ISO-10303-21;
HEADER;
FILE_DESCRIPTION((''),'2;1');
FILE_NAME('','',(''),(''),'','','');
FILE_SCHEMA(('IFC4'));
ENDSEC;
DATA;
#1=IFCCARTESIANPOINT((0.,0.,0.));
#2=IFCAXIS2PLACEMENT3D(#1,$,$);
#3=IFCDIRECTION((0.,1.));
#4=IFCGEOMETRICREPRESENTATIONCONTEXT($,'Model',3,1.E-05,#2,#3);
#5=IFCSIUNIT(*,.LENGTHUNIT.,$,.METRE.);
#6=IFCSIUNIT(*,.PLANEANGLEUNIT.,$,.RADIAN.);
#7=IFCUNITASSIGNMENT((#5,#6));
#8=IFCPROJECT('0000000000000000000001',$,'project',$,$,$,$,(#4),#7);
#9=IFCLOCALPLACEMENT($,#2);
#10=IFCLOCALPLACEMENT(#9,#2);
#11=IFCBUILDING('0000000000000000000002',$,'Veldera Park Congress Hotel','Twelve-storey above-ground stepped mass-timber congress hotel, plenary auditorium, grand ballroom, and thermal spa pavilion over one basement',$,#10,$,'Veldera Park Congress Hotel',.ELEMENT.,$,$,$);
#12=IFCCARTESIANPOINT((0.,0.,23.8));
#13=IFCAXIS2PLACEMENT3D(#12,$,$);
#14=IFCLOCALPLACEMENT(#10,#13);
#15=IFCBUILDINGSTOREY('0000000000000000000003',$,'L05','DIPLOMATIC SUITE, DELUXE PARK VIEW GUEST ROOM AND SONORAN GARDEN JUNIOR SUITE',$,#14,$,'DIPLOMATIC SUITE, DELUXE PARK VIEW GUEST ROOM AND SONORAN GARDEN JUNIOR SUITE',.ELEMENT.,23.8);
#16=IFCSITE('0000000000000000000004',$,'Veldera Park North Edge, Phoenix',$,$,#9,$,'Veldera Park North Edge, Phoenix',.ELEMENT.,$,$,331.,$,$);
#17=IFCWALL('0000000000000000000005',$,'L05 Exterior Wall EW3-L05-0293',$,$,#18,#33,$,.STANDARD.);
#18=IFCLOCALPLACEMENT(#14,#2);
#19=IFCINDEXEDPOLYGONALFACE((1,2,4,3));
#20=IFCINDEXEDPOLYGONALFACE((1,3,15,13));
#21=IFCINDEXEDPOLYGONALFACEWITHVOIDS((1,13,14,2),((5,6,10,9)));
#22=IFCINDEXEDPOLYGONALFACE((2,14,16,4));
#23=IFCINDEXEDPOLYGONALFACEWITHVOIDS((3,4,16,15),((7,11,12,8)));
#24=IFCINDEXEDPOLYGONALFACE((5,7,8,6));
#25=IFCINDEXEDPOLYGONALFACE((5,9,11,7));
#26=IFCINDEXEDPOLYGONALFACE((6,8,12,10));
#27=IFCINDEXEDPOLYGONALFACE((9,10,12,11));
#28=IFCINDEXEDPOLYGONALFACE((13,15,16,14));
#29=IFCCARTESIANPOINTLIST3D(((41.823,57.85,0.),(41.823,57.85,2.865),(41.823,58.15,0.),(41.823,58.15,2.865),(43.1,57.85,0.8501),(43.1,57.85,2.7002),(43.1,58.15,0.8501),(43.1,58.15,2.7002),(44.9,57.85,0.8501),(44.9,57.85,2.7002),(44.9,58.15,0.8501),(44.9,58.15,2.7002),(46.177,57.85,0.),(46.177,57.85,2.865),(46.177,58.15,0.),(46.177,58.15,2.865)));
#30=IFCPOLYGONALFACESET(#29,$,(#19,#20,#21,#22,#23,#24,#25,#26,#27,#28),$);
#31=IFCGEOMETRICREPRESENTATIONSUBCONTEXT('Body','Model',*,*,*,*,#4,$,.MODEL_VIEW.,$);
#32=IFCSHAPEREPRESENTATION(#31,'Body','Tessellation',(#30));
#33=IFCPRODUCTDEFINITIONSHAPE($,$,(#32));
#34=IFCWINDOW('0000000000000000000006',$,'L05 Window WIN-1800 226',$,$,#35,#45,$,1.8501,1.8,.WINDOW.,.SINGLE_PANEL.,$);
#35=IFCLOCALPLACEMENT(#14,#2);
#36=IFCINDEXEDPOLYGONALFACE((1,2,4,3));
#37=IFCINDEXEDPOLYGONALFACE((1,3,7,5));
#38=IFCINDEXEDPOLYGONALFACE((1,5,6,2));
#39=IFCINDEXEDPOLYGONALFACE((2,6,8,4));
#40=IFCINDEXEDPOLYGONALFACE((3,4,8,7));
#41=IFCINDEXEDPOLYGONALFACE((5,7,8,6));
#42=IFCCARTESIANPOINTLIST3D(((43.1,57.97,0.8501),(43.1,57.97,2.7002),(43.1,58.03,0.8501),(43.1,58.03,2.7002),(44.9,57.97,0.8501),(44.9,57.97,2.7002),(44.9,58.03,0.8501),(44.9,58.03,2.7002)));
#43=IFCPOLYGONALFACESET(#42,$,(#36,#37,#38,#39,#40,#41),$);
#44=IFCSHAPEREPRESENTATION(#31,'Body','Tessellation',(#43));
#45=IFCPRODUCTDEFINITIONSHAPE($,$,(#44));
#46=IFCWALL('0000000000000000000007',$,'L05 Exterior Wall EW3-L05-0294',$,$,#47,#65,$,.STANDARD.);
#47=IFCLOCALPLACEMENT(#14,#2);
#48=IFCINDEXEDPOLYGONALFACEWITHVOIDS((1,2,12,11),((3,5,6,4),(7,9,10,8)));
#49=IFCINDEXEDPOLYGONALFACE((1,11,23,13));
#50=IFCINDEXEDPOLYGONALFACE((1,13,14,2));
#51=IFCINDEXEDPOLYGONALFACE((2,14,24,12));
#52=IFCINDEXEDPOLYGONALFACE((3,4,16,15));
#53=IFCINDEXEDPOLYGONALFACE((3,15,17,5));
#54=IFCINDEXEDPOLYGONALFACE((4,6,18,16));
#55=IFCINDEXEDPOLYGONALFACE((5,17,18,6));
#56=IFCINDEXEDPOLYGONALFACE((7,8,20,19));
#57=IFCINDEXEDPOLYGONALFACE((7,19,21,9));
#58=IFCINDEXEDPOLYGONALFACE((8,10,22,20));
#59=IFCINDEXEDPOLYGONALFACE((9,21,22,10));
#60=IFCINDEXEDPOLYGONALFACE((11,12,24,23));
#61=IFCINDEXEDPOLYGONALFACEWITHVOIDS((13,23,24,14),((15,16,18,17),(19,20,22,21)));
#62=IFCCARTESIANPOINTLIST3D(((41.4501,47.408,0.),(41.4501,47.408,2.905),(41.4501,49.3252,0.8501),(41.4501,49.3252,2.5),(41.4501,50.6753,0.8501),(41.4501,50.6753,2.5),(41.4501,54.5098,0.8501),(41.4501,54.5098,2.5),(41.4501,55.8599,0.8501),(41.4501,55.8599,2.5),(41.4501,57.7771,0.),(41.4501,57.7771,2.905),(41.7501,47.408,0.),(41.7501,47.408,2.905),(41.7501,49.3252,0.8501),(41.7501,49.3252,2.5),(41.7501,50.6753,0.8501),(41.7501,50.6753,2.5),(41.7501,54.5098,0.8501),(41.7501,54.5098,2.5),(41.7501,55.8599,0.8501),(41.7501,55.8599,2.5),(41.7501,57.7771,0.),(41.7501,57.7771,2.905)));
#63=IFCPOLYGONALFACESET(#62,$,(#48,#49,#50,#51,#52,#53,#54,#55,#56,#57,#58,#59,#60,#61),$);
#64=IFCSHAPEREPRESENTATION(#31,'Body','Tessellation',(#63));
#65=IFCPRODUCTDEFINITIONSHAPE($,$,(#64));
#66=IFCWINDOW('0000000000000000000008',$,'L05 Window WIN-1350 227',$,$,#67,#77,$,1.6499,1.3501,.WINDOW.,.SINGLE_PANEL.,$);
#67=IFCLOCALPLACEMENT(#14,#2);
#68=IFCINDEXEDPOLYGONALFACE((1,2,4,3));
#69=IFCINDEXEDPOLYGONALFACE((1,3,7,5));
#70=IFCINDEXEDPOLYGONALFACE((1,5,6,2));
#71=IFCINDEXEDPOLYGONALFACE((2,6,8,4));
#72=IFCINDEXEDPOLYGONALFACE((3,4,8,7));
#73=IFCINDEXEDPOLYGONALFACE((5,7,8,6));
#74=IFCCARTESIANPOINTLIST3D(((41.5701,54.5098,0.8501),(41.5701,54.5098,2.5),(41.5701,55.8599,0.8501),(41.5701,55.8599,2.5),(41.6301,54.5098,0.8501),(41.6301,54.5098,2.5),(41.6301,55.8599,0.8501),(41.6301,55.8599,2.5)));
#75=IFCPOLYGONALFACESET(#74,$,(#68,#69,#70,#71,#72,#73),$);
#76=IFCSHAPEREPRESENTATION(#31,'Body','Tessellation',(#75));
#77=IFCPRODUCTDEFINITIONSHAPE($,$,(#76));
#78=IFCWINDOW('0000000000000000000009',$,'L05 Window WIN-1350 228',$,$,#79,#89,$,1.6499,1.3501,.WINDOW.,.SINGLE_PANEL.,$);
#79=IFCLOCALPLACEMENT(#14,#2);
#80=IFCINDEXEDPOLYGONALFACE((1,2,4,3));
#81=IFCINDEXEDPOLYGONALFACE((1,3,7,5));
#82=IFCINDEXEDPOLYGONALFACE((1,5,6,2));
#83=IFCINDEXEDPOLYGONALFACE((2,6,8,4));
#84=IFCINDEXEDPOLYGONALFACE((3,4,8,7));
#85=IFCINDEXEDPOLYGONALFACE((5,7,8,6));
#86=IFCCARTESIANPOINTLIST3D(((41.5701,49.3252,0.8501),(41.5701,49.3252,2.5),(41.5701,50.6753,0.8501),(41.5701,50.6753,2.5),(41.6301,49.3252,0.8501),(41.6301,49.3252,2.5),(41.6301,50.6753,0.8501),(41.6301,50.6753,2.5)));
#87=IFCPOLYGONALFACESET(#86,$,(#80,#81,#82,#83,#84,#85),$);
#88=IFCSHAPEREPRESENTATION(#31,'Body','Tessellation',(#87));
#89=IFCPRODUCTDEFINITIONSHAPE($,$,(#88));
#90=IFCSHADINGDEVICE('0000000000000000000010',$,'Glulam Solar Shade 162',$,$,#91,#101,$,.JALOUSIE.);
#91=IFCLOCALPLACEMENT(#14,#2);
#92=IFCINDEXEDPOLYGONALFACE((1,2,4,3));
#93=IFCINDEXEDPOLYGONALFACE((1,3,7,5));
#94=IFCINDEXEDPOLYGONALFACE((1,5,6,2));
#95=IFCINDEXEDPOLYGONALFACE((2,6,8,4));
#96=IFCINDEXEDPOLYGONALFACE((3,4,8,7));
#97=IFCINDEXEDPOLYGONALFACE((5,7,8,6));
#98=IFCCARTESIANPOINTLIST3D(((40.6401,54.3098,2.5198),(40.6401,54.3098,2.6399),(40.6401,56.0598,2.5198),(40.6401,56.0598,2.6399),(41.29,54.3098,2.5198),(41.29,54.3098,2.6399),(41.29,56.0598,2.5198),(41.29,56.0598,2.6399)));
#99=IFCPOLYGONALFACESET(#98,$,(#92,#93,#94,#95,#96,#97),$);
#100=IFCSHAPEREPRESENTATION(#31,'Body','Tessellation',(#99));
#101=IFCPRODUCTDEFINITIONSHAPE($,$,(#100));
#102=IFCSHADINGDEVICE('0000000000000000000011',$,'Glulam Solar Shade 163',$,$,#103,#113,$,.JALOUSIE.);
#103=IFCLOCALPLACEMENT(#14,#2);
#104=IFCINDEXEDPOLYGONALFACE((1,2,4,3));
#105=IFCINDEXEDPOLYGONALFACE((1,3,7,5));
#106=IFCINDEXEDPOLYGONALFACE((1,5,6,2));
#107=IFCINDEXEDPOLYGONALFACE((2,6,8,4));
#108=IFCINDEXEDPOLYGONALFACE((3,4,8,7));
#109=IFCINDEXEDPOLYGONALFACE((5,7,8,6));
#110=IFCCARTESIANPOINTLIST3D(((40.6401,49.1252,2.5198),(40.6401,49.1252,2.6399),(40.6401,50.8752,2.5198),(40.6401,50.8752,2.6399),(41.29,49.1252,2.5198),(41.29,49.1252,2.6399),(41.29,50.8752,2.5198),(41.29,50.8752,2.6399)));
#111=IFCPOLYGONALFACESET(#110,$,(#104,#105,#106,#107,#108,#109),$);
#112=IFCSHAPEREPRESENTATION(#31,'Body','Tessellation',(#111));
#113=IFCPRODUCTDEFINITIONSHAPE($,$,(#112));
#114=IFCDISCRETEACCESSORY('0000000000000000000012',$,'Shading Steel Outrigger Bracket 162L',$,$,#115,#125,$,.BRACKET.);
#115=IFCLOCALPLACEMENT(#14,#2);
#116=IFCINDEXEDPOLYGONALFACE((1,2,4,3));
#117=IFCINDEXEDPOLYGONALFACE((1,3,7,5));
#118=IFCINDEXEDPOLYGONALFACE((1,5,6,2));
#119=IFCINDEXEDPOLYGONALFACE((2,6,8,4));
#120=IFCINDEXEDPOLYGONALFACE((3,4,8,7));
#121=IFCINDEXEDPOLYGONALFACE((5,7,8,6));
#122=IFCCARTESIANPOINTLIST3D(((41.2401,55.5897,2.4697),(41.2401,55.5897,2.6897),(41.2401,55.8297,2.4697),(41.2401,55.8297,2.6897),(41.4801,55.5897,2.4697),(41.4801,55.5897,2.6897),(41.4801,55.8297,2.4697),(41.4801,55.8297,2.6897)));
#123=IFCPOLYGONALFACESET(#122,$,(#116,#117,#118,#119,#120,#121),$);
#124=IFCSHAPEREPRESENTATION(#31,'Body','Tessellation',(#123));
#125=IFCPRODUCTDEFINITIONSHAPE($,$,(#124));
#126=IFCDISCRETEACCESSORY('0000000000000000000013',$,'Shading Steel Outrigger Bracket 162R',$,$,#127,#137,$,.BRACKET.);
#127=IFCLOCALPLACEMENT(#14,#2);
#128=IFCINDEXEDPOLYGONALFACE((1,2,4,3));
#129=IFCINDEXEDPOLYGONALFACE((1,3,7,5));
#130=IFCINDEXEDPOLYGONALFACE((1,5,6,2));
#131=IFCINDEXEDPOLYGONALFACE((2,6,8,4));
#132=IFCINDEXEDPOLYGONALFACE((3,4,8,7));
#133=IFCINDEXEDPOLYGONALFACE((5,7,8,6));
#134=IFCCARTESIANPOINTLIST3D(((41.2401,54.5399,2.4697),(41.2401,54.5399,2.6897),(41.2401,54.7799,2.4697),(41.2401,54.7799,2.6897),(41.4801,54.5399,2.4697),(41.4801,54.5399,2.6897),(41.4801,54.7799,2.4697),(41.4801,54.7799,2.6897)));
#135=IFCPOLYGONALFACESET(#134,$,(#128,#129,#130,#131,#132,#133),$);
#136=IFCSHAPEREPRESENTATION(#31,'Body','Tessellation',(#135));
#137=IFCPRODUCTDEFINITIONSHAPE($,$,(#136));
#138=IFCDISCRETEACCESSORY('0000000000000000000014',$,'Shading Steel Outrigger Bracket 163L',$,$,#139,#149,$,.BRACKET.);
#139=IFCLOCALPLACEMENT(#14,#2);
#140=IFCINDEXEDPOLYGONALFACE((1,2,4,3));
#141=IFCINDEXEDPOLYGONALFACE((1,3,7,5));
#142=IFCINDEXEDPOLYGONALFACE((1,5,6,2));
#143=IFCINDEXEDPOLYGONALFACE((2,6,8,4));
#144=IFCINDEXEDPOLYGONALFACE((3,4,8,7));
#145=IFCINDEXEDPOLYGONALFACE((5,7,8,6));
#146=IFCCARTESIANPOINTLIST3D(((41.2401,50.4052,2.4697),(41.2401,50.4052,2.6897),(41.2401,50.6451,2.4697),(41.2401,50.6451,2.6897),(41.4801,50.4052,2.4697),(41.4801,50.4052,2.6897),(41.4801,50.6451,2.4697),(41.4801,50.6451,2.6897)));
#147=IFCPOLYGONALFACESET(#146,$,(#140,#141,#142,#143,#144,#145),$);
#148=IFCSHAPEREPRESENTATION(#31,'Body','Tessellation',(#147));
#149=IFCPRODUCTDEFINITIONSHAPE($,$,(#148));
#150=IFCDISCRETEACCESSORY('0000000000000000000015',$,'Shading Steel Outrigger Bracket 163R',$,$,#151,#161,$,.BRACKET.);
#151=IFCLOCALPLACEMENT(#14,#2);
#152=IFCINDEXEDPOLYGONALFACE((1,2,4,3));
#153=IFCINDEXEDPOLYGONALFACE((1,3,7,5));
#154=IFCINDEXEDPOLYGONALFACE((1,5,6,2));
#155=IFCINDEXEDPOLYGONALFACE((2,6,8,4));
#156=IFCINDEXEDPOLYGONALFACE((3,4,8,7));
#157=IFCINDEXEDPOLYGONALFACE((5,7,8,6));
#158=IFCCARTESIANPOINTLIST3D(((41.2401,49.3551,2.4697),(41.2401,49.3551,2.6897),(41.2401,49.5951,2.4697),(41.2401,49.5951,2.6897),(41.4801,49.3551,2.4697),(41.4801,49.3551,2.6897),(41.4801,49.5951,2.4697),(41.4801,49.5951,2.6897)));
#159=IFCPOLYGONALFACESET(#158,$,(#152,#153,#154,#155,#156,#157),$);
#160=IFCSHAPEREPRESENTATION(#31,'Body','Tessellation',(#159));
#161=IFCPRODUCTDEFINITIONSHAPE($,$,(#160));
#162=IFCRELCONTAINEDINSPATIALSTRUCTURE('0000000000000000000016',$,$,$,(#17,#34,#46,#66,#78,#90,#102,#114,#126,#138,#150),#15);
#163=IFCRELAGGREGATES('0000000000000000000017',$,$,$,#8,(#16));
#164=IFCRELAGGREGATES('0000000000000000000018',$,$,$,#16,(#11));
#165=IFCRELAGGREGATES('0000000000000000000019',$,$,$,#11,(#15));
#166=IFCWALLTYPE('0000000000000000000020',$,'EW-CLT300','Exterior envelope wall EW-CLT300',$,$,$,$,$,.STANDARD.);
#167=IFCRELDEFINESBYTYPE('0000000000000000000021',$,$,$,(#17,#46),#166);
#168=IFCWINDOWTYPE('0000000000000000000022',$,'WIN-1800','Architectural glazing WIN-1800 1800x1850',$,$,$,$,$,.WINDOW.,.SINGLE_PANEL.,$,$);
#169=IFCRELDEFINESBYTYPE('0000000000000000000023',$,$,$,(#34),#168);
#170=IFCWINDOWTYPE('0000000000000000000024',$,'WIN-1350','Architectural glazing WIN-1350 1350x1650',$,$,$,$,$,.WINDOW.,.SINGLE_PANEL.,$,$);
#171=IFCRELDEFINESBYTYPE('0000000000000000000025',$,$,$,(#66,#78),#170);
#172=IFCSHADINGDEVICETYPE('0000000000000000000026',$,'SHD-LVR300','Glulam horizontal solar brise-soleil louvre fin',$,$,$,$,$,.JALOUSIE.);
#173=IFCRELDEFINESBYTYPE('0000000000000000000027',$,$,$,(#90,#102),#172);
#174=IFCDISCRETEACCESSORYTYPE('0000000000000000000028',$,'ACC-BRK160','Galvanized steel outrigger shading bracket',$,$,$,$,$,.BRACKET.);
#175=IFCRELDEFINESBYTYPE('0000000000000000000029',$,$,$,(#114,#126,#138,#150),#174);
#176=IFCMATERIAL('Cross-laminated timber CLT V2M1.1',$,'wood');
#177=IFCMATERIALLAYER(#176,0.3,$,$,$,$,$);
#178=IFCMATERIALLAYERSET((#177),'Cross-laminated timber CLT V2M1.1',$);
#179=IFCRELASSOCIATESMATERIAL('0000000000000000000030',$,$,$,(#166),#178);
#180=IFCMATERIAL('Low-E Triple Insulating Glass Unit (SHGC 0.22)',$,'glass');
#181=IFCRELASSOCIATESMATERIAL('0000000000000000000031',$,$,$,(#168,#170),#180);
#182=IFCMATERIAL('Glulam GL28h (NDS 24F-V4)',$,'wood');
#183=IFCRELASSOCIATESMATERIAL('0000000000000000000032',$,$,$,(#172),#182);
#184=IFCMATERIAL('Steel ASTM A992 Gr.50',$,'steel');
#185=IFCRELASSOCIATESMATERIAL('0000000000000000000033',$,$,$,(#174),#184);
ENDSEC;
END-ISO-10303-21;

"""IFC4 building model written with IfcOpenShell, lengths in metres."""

from ifc_helpers import new_model, si_unit, direction, frame, frame_2d, origin, origin_2d, place, context, subcontext, project, spatial, rectangle, extrude, material, layer, layer_set, type_object, element, fill, save


model = new_model("IFC4")

# Units and contexts
model_context = context("Model", 3, precision=1e-05, world=origin(), true_north=direction((0.0, 1.0)))
body_context = subcontext(model_context, "Body", "Model", "MODEL_VIEW")
ifc_project = project(units=[si_unit("LENGTHUNIT", "METRE"), si_unit("PLANEANGLEUNIT", "RADIAN")], contexts=[model_context])

# Site, building, storey
site_placement = place(None, origin())
site = spatial("IfcSite", under=ifc_project, at=site_placement, Name="Veldera Park North Edge, Phoenix", LongName="Veldera Park North Edge, Phoenix", CompositionType="ELEMENT", RefElevation=331.0)
building_placement = place(site_placement, origin())
building = spatial("IfcBuilding", under=site, at=building_placement, Name="Veldera Park Congress Hotel", Description="Twelve-storey above-ground stepped mass-timber congress hotel, plenary auditorium, grand ballroom, and thermal spa pavilion over one basement", LongName="Veldera Park Congress Hotel", CompositionType="ELEMENT")
storey_placement = place(building_placement, frame((0.0, 0.0, 23.8)))
storey = spatial("IfcBuildingStorey", under=building, at=storey_placement, Name="L05", Description="DIPLOMATIC SUITE, DELUXE PARK VIEW GUEST ROOM AND SONORAN GARDEN JUNIOR SUITE", LongName="DIPLOMATIC SUITE, DELUXE PARK VIEW GUEST ROOM AND SONORAN GARDEN JUNIOR SUITE", CompositionType="ELEMENT", Elevation=23.8)

# Shared definitions
ifc_material_1 = material(Name="Glulam GL28h (NDS 24F-V4)", Category="wood")

# Shared definitions
ifc_material_2 = material(Name="Cross-laminated timber CLT V2M1.1", Category="wood")
ifc_layer = layer(ifc_material_2, 0.3)
ifc_layer_set = layer_set([ifc_layer], Name="Cross-laminated timber CLT V2M1.1")
wall_type = type_object("IfcWallType", Name="EW-CLT300", Description="Exterior envelope wall EW-CLT300", PredefinedType="STANDARD", material=ifc_layer_set)

# Wall, opening, window
wall_1_placement = place(storey_placement, frame((46.177, 58.0, 0.0), z_axis=(0.0, 0.0, 1.0), x_axis=(-1.0, 0.0, 0.0)))
wall_1 = element("IfcWall", 1, at=wall_1_placement, inside=storey, type_object=wall_type, Name="L05 Exterior Wall EW3-L05-0293", PredefinedType="STANDARD", context=body_context, shape_type="SweptSolid", body=[
    extrude(rectangle(XDim=4.354, YDim=0.3, at=frame_2d((2.177, 0.0))), origin(), (0.0, 0.0, 1.0), 2.865),
])
opening_1_placement = place(wall_1_placement, frame((1.2771, 0.0, 0.8501)))
opening_1 = element("IfcOpeningElement", 2, at=opening_1_placement, cuts=wall_1, PredefinedType="OPENING", context=body_context, shape_type="SweptSolid", body=[
    extrude(rectangle(XDim=1.8, YDim=1.8501, at=frame_2d((0.8999, 0.925))), frame((0.0, 0.1621, 0.0), z_axis=(0.0, -1.0, 0.0), x_axis=(1.0, 0.0, 0.0)), (0.0, 0.0, 1.0), 0.324),
])
ifc_material_3 = material(Name="Low-E Triple Insulating Glass Unit (SHGC 0.22)", Category="glass")
window_type_1 = type_object("IfcWindowType", Name="WIN-1800", Description="Architectural glazing WIN-1800 1800x1850", PartitioningType="SINGLE_PANEL", PredefinedType="WINDOW", material=ifc_material_3)
window_1_placement = place(opening_1_placement, origin())
window_1 = element("IfcWindow", 3, at=window_1_placement, inside=storey, type_object=window_type_1, Name="L05 Window WIN-1800 226", OverallHeight=1.8501, OverallWidth=1.8, PartitioningType="SINGLE_PANEL", PredefinedType="WINDOW", context=body_context, shape_type="SweptSolid", body=[
    extrude(rectangle(XDim=1.8, YDim=1.8501, at=frame_2d((0.8999, 0.925))), frame((0.0, 0.03, 0.0), z_axis=(0.0, -1.0, 0.0), x_axis=(1.0, 0.0, 0.0)), (0.0, 0.0, 1.0), 0.0601),
])
fill(opening_1, window_1)

# Wall, openings, windows
wall_2_placement = place(storey_placement, frame((41.6001, 57.7771, 0.0), z_axis=(0.0, 0.0, 1.0), x_axis=(0.0, -1.0, 0.0)))
wall_2 = element("IfcWall", 4, at=wall_2_placement, inside=storey, type_object=wall_type, Name="L05 Exterior Wall EW3-L05-0294", PredefinedType="STANDARD", context=body_context, shape_type="SweptSolid", body=[
    extrude(rectangle(XDim=10.3691, YDim=0.3, at=frame_2d((5.1846, 0.0))), origin(), (0.0, 0.0, 1.0), 2.905),
])
opening_2_placement = place(wall_2_placement, frame((1.9172, 0.0, 0.8501)))
opening_2 = element("IfcOpeningElement", 5, at=opening_2_placement, cuts=wall_2, PredefinedType="OPENING", context=body_context, shape_type="SweptSolid", body=[
    extrude(rectangle(XDim=1.3501, YDim=1.6499, at=frame_2d((0.675, 0.825))), frame((0.0, 0.1621, 0.0), z_axis=(0.0, -1.0, 0.0), x_axis=(1.0, 0.0, 0.0)), (0.0, 0.0, 1.0), 0.324),
])
opening_3_placement = place(wall_2_placement, frame((7.1018, 0.0, 0.8501)))
opening_3 = element("IfcOpeningElement", 6, at=opening_3_placement, cuts=wall_2, PredefinedType="OPENING", context=body_context, shape_type="SweptSolid", body=[
    extrude(rectangle(XDim=1.3501, YDim=1.6499, at=frame_2d((0.675, 0.825))), frame((0.0, 0.1621, 0.0), z_axis=(0.0, -1.0, 0.0), x_axis=(1.0, 0.0, 0.0)), (0.0, 0.0, 1.0), 0.324),
])
window_type_2 = type_object("IfcWindowType", Name="WIN-1350", Description="Architectural glazing WIN-1350 1350x1650", PartitioningType="SINGLE_PANEL", PredefinedType="WINDOW", material=ifc_material_3)
window_2_placement = place(opening_2_placement, origin())
window_2 = element("IfcWindow", 7, at=window_2_placement, inside=storey, type_object=window_type_2, Name="L05 Window WIN-1350 227", OverallHeight=1.6499, OverallWidth=1.3501, PartitioningType="SINGLE_PANEL", PredefinedType="WINDOW", context=body_context, shape_type="SweptSolid", body=[
    extrude(rectangle(XDim=1.3501, YDim=1.6499, at=frame_2d((0.675, 0.825))), frame((0.0, 0.03, 0.0), z_axis=(0.0, -1.0, 0.0), x_axis=(1.0, 0.0, 0.0)), (0.0, 0.0, 1.0), 0.0601),
])
fill(opening_2, window_2)
window_3_placement = place(opening_3_placement, origin())
window_3 = element("IfcWindow", 8, at=window_3_placement, inside=storey, type_object=window_type_2, Name="L05 Window WIN-1350 228", OverallHeight=1.6499, OverallWidth=1.3501, PartitioningType="SINGLE_PANEL", PredefinedType="WINDOW", context=body_context, shape_type="SweptSolid", body=[
    extrude(rectangle(XDim=1.3501, YDim=1.6499, at=frame_2d((0.675, 0.825))), frame((0.0, 0.03, 0.0), z_axis=(0.0, -1.0, 0.0), x_axis=(1.0, 0.0, 0.0)), (0.0, 0.0, 1.0), 0.0601),
])
fill(opening_3, window_3)

# Shading devices
shading_device_type = type_object("IfcShadingDeviceType", Name="SHD-LVR300", Description="Glulam horizontal solar brise-soleil louvre fin", PredefinedType="JALOUSIE", material=ifc_material_1)
for number, where, z_axis, x_axis, name in (
    (9, (40.9651, 55.1848, 2.5198), (0.0, 0.0, 1.0), (0.0, -1.0, 0.0), "Glulam Solar Shade 162"),
    (10, (40.9651, 50.0002, 2.5198), (0.0, 0.0, 1.0), (0.0, -1.0, 0.0), "Glulam Solar Shade 163"),
):
    element("IfcShadingDevice", number, at=place(storey_placement, frame(where, z_axis=z_axis, x_axis=x_axis)), inside=storey, type_object=shading_device_type, Name=name, PredefinedType="JALOUSIE", context=body_context, shape_type="SweptSolid", body=[
        extrude(rectangle(XDim=1.75, YDim=0.6499, at=origin_2d()), origin(), (0.0, 0.0, 1.0), 0.1201),
    ])

# Discrete accessories
ifc_material_4 = material(Name="Steel ASTM A992 Gr.50", Category="steel")
discrete_accessory_type = type_object("IfcDiscreteAccessoryType", Name="ACC-BRK160", Description="Galvanized steel outrigger shading bracket", PredefinedType="BRACKET", material=ifc_material_4)
for number, where, z_axis, x_axis, name in (
    (11, (41.3601, 55.7097, 2.4697), (0.0, 0.0, 1.0), (0.0, -1.0, 0.0), "Shading Steel Outrigger Bracket 162L"),
    (12, (41.3601, 54.6599, 2.4697), (0.0, 0.0, 1.0), (0.0, -1.0, 0.0), "Shading Steel Outrigger Bracket 162R"),
    (13, (41.3601, 50.5251, 2.4697), (0.0, 0.0, 1.0), (0.0, -1.0, 0.0), "Shading Steel Outrigger Bracket 163L"),
    (14, (41.3601, 49.4751, 2.4697), (0.0, 0.0, 1.0), (0.0, -1.0, 0.0), "Shading Steel Outrigger Bracket 163R"),
):
    element("IfcDiscreteAccessory", number, at=place(storey_placement, frame(where, z_axis=z_axis, x_axis=x_axis)), inside=storey, type_object=discrete_accessory_type, Name=name, PredefinedType="BRACKET", context=body_context, shape_type="SweptSolid", body=[
        extrude(rectangle(XDim=0.24, YDim=0.24, at=origin_2d()), origin(), (0.0, 0.0, 1.0), 0.22),
    ])

save(model, "model.ifc")
